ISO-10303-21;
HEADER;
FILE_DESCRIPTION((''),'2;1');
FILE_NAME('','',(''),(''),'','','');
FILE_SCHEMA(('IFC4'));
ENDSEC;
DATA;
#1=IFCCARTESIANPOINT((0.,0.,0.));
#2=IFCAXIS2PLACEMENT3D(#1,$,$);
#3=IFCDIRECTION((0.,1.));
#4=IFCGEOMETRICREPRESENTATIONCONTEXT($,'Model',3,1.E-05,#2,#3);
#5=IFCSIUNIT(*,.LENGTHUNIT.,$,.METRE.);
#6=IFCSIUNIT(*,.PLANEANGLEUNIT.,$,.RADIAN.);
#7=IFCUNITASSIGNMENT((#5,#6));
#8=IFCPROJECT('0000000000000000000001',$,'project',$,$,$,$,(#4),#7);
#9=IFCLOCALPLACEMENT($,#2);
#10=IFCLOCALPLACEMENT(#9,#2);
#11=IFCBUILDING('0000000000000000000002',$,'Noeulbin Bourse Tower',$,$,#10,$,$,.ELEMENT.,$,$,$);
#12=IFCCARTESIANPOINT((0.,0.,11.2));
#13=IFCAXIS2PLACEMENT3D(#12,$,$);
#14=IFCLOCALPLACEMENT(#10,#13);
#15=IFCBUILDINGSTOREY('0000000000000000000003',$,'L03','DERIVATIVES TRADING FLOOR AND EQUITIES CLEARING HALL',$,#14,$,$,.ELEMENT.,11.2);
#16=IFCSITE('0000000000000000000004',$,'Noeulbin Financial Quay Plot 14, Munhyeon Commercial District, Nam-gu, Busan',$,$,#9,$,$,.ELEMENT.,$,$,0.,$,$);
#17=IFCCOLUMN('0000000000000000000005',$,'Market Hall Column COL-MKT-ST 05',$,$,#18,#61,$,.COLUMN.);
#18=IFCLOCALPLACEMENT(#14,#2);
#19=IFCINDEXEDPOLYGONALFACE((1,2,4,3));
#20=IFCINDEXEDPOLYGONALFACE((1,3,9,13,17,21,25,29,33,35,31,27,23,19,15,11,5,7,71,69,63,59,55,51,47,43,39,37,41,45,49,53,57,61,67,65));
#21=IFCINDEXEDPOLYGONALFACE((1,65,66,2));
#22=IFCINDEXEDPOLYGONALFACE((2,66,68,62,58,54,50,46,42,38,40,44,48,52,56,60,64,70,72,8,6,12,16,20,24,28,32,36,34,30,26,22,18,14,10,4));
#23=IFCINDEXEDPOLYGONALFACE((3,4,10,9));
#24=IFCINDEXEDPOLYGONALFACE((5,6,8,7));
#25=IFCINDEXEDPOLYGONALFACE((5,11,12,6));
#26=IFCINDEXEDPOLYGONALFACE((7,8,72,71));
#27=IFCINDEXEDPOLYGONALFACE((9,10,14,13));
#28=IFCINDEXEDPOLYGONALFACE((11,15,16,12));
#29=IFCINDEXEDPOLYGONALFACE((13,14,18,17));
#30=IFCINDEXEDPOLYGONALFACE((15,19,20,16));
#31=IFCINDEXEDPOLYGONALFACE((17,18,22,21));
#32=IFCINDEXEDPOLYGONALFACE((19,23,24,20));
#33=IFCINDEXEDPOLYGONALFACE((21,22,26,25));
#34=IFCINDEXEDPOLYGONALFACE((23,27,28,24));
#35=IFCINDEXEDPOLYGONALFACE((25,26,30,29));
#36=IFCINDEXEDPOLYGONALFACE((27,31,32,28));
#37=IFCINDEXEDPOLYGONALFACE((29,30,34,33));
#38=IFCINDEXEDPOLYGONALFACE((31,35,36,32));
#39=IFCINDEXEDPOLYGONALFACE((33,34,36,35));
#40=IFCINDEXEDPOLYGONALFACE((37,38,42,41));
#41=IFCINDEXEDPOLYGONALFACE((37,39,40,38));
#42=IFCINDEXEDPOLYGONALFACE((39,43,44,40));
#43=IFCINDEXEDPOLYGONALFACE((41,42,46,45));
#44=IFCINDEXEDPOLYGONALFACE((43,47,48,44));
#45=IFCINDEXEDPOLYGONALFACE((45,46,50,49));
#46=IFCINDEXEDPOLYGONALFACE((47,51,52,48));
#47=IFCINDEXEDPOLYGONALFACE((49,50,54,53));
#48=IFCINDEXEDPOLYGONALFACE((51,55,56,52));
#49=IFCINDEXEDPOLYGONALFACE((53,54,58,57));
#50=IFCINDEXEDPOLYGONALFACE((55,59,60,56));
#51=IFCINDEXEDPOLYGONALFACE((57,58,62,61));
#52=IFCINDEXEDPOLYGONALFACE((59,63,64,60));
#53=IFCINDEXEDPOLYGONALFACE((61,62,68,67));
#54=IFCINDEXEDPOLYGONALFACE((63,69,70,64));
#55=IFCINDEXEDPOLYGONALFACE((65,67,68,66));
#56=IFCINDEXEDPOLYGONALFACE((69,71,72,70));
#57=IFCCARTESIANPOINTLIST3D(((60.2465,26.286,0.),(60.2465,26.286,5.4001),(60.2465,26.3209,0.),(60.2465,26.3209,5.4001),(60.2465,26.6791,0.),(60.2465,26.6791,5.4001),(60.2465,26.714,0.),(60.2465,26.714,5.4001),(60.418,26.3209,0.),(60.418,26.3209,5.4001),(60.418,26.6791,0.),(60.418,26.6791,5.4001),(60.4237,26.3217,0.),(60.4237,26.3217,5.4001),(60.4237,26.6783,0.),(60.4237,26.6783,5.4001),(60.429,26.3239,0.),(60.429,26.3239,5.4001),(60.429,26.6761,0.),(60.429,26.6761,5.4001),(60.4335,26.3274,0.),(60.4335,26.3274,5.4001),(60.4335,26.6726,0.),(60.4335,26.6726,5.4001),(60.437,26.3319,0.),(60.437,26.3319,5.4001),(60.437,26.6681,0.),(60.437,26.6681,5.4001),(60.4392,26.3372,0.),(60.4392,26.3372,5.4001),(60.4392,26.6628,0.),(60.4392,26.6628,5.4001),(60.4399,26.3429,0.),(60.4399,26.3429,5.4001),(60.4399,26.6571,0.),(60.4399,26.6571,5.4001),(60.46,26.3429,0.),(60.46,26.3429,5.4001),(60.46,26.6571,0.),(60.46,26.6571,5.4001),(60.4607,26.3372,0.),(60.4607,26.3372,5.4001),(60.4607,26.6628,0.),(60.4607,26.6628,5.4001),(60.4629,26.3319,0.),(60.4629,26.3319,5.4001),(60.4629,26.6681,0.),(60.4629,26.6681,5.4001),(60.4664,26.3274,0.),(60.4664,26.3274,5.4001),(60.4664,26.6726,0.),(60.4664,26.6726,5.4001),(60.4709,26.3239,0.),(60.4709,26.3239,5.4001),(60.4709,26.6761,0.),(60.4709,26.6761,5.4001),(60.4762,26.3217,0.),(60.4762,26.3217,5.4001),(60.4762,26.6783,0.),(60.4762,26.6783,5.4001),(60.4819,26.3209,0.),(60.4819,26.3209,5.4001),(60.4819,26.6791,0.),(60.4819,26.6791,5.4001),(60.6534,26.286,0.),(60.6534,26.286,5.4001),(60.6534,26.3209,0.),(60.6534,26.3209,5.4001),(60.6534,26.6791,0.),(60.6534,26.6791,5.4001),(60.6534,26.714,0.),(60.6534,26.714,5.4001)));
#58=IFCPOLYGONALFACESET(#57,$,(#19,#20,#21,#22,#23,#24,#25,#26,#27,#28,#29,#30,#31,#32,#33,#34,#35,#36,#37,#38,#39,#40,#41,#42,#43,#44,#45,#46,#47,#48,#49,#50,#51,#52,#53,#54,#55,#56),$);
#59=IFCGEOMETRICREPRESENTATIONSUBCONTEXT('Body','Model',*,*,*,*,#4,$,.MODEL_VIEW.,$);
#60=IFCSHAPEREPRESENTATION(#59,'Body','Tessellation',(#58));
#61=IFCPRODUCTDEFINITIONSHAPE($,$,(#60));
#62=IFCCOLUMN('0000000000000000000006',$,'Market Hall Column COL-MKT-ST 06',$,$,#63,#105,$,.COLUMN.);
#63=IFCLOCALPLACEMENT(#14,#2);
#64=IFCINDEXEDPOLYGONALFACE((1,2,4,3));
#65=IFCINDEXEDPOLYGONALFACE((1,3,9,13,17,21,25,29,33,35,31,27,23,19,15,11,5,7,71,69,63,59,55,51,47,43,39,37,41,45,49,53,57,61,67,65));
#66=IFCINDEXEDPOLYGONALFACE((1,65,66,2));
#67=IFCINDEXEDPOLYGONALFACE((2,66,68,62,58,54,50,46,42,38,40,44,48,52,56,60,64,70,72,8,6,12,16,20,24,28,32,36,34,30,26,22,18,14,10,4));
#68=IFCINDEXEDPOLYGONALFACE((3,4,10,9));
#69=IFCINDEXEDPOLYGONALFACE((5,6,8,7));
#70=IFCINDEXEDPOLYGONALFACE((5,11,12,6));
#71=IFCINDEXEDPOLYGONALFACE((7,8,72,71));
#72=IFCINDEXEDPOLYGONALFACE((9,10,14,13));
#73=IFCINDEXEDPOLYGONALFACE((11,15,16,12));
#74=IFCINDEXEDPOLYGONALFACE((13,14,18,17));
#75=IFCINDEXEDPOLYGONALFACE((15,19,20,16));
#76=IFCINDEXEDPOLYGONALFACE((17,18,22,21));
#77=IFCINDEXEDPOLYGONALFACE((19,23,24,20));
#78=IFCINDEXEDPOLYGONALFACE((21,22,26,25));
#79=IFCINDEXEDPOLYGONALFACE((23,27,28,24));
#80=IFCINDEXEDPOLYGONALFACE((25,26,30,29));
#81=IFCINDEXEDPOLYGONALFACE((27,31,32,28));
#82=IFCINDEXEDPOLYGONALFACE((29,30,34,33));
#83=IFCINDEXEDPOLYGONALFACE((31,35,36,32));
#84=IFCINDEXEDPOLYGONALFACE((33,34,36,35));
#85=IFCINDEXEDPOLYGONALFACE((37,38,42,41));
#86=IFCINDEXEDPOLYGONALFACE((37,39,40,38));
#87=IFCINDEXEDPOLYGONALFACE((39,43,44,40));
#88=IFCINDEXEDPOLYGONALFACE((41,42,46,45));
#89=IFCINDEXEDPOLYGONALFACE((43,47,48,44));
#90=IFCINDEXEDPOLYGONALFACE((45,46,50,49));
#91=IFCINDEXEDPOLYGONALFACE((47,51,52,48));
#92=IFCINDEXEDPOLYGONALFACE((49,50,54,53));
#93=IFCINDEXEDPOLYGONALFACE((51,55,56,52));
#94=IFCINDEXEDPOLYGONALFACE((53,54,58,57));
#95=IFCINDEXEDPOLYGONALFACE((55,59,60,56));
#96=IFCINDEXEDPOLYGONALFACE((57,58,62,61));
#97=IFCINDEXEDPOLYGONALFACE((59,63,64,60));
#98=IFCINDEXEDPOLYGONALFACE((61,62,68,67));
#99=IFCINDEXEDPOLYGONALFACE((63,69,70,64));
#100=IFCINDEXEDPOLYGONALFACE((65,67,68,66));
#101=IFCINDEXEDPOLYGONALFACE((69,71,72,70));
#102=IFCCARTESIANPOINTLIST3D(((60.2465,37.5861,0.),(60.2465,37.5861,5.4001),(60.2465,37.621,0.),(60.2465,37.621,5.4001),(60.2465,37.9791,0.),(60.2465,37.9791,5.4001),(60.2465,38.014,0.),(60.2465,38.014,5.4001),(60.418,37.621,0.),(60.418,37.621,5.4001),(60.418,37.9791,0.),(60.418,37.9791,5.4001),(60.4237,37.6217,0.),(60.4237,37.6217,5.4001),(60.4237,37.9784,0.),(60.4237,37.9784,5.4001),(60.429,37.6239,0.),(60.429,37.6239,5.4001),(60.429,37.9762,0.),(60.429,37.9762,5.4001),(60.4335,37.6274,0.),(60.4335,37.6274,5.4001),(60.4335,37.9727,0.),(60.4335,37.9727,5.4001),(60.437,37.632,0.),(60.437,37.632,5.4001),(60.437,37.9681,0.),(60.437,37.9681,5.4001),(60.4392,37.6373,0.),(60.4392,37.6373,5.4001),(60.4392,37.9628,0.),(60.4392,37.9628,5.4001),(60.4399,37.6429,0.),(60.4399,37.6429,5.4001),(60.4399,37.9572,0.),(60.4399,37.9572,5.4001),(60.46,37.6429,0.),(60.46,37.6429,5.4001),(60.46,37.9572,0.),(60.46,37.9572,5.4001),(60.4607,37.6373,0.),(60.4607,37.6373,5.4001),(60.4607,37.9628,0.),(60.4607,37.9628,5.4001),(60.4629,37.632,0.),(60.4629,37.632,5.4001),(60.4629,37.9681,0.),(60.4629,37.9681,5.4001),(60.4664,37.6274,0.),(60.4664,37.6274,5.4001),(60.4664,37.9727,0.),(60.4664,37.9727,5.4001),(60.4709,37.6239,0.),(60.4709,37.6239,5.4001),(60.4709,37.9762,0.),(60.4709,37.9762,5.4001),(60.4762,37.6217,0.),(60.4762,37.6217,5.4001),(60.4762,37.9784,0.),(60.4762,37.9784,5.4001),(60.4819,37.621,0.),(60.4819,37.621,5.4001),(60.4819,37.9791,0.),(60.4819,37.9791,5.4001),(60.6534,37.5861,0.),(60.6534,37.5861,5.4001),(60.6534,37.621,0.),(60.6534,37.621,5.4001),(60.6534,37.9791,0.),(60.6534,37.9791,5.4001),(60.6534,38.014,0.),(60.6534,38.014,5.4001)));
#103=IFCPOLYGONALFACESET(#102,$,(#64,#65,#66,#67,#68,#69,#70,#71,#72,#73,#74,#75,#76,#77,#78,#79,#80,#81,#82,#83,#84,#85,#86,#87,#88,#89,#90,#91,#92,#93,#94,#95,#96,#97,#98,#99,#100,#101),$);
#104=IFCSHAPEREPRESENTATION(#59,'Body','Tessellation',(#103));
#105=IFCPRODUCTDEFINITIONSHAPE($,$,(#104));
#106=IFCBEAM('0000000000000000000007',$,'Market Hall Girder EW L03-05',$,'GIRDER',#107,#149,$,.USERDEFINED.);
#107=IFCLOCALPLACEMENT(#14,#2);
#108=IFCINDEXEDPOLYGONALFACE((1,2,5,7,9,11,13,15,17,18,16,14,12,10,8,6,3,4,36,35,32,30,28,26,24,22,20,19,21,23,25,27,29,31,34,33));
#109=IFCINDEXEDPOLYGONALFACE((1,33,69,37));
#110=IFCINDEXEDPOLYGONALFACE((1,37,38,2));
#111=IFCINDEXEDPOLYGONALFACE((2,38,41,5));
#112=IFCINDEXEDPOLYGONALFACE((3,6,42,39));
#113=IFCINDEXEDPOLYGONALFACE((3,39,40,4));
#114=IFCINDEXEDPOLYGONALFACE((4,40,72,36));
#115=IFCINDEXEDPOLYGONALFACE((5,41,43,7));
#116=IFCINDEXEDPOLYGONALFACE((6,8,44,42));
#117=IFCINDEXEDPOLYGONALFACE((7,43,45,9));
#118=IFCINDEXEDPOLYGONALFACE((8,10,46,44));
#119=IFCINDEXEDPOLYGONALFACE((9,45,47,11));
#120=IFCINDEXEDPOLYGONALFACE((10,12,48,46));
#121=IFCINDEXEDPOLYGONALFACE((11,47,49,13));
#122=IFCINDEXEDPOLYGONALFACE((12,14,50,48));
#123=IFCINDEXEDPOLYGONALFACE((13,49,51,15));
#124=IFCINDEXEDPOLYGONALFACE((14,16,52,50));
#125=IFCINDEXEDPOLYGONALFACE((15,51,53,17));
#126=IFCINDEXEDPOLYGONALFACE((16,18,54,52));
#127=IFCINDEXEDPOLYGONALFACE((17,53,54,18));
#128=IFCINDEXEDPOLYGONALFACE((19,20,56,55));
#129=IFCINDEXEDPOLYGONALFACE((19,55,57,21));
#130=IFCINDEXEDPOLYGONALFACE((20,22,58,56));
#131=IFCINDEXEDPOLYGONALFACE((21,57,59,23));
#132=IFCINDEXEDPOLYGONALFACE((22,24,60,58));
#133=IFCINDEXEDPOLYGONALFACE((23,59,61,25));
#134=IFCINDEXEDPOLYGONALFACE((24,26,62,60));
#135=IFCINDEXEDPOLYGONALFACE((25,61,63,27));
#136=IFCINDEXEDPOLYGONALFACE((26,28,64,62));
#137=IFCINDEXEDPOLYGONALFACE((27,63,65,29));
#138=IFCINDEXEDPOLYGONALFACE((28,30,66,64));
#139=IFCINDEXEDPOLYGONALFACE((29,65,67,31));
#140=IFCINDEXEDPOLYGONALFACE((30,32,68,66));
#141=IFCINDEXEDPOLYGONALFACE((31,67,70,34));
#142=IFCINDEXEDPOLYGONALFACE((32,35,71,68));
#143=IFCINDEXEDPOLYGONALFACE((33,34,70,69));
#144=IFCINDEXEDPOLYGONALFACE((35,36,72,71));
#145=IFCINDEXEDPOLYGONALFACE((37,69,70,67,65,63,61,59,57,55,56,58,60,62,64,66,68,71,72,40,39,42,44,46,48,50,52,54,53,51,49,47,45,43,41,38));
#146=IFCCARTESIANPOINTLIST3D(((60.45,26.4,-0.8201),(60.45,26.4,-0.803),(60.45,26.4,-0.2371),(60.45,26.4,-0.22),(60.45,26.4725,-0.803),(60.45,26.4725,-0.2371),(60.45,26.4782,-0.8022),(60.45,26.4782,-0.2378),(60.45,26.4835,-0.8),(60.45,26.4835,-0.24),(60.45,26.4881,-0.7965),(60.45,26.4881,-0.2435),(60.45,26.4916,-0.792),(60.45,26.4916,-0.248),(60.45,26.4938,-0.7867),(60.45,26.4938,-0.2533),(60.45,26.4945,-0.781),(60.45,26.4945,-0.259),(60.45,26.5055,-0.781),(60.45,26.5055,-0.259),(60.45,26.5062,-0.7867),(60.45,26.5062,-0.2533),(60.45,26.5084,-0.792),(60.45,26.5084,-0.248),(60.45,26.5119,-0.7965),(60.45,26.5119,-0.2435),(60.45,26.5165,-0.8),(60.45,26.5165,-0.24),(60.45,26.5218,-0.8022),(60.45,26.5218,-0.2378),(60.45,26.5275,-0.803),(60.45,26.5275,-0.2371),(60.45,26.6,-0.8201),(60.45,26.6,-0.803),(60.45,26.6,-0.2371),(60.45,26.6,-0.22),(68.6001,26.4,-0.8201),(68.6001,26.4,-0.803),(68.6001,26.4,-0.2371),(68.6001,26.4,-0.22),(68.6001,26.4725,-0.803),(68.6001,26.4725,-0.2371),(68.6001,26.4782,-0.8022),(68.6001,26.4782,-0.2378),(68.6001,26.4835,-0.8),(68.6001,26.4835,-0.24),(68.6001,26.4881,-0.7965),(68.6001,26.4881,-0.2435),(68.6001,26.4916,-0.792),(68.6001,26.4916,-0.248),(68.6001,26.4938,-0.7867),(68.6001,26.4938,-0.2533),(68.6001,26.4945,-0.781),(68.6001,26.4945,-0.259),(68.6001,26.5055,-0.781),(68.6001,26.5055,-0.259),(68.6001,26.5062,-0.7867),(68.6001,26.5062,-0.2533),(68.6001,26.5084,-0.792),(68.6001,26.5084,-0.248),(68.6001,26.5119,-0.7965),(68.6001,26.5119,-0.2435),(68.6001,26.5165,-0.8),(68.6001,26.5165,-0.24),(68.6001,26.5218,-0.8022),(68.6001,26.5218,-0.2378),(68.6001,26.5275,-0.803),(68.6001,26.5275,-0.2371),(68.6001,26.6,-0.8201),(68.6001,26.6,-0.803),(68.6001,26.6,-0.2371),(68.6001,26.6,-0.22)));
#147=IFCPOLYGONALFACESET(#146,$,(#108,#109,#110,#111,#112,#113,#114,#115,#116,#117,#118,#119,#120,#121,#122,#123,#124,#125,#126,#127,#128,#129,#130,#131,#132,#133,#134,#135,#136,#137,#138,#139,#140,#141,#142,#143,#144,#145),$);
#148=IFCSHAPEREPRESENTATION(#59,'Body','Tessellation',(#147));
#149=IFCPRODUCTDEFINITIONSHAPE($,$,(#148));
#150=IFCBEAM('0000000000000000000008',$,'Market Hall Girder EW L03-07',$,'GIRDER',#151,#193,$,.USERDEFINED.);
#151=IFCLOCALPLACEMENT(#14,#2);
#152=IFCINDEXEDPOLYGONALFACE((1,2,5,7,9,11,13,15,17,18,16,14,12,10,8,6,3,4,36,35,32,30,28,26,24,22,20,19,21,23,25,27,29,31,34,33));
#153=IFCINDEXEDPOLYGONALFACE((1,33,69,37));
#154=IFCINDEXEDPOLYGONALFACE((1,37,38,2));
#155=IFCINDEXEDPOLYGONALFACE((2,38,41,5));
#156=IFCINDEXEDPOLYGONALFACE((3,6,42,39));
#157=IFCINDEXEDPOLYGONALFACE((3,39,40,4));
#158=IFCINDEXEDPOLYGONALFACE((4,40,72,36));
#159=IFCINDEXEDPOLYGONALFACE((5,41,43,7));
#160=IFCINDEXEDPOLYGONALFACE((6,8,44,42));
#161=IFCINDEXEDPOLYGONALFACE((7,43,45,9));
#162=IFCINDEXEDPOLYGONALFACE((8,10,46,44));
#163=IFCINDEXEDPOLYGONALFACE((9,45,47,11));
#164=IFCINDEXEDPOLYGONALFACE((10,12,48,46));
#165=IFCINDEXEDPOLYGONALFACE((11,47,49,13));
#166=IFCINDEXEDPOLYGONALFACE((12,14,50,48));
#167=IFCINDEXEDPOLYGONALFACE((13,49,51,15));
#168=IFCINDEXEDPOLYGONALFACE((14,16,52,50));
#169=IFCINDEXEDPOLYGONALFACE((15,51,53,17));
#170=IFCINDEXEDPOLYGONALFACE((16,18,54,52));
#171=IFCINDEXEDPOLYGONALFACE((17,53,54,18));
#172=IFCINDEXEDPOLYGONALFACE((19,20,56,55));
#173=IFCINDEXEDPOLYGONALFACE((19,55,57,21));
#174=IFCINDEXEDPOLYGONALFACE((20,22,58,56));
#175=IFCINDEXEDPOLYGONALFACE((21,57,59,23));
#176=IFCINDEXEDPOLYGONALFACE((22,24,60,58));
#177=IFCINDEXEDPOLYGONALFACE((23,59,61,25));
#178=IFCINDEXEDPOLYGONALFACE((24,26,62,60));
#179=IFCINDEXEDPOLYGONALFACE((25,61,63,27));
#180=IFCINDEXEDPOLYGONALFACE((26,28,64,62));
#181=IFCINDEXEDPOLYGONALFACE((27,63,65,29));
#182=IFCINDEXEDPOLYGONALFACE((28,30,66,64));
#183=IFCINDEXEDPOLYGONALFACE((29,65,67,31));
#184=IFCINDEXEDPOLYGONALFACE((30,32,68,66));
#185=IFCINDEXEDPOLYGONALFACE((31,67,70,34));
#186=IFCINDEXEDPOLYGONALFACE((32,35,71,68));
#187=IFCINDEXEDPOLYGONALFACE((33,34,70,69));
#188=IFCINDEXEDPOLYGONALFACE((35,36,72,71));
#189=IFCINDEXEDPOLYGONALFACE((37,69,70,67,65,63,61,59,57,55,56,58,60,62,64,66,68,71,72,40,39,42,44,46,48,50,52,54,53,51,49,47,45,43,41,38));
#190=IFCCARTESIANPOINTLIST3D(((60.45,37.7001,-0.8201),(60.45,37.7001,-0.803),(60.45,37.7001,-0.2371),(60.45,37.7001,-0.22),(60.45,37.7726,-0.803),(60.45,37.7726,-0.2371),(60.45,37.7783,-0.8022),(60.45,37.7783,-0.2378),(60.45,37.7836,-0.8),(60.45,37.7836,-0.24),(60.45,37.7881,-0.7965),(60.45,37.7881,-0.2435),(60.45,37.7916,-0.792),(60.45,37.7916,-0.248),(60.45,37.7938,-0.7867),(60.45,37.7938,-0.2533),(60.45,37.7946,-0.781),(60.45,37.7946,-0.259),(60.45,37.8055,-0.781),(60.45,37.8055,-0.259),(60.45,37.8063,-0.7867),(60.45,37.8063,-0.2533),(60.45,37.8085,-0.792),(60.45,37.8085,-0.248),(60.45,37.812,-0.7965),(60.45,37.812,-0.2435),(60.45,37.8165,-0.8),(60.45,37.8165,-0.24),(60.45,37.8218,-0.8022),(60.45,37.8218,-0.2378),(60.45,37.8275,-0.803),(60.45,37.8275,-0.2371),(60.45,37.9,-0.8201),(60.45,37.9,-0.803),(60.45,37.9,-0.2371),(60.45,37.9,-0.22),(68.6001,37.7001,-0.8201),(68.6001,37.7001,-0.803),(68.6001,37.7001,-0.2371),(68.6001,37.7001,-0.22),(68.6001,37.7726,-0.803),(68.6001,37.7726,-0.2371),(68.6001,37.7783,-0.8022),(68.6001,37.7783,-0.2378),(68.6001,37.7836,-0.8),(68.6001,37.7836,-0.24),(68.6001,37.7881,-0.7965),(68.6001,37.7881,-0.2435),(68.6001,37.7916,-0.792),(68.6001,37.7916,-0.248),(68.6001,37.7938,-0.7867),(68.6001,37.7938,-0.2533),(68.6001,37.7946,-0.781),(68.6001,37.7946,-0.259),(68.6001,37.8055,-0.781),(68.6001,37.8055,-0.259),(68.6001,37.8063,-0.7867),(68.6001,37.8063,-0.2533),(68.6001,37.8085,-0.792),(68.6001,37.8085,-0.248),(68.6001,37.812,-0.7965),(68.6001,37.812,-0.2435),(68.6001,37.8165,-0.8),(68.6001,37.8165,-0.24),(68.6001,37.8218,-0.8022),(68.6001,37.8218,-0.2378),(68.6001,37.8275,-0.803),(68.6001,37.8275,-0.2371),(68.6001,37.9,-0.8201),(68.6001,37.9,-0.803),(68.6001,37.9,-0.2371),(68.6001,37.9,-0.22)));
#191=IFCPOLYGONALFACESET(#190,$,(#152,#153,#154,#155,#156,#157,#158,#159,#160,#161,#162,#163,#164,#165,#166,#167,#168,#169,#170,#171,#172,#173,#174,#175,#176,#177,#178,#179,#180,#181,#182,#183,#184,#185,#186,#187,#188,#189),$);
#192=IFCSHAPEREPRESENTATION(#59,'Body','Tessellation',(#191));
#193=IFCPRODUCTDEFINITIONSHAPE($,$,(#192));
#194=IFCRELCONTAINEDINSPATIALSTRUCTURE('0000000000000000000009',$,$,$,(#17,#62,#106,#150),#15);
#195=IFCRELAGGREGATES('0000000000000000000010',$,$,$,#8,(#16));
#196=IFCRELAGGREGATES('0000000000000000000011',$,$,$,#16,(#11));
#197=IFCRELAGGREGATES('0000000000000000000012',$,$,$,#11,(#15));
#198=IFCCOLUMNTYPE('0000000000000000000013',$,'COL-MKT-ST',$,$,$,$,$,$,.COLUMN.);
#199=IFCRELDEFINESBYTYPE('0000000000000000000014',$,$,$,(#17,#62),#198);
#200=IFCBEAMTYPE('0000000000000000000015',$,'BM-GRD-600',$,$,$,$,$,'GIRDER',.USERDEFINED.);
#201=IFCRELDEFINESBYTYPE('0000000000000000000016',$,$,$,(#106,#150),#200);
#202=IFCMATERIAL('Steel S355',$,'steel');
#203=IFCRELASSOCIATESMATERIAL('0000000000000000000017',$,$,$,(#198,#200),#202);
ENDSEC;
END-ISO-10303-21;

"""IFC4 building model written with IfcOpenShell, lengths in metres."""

from ifc_helpers import new_model, si_unit, direction, frame, origin, origin_2d, place, context, subcontext, project, spatial, i_section, extrude, material, material_profile, profile_set, type_object, element, save


model = new_model("IFC4")

# Units and contexts
model_context = context("Model", 3, precision=1e-05, world=origin(), true_north=direction((0.0, 1.0)))
body_context = subcontext(model_context, "Body", "Model", "MODEL_VIEW")
ifc_project = project(units=[si_unit("LENGTHUNIT", "METRE"), si_unit("PLANEANGLEUNIT", "RADIAN")], contexts=[model_context])

# Site, building, storey
site_placement = place(None, origin())
site = spatial("IfcSite", under=ifc_project, at=site_placement, Name="Noeulbin Financial Quay Plot 14, Munhyeon Commercial District, Nam-gu, Busan", CompositionType="ELEMENT", RefElevation=0.0)
building_placement = place(site_placement, origin())
building = spatial("IfcBuilding", under=site, at=building_placement, Name="Noeulbin Bourse Tower", CompositionType="ELEMENT")
storey_placement = place(building_placement, frame((0.0, 0.0, 11.2)))
storey = spatial("IfcBuildingStorey", under=building, at=storey_placement, Name="L03", Description="DERIVATIVES TRADING FLOOR AND EQUITIES CLEARING HALL", CompositionType="ELEMENT", Elevation=11.2)

# Columns
ifc_material_1 = material(Name="Steel S355", Category="steel")
ifc_material_profile_1 = material_profile(ifc_material_1, i_section(OverallWidth=0.407, OverallDepth=0.428, WebThickness=0.02, FlangeThickness=0.0349, FilletRadius=0.022, at=origin_2d()), Name="H-428x407x20x35", Category="LoadBearing")
ifc_profile_set_1 = profile_set([ifc_material_profile_1], Name="Steel S355")
column_type = type_object("IfcColumnType", Name="COL-MKT-ST", PredefinedType="COLUMN", material=ifc_profile_set_1)
for number, where, z_axis, x_axis, name in (
    (1, (60.45, 26.5, 0.0), (0.0, 0.0, 1.0), (1.0, 0.0, 0.0), "Market Hall Column COL-MKT-ST 05"),
    (2, (60.45, 37.8, 0.0), (0.0, 0.0, 1.0), (1.0, 0.0, 0.0), "Market Hall Column COL-MKT-ST 06"),
):
    element("IfcColumn", number, at=place(storey_placement, frame(where, z_axis=z_axis, x_axis=x_axis)), inside=storey, type_object=column_type, Name=name, PredefinedType="COLUMN", context=body_context, shape_type="SweptSolid", body=[
        extrude(i_section(OverallWidth=0.407, OverallDepth=0.428, WebThickness=0.02, FlangeThickness=0.0349, FilletRadius=0.022, at=origin_2d()), origin(), (0.0, 0.0, 1.0), 5.4001),
    ])

# Beams
ifc_material_profile_2 = material_profile(ifc_material_1, i_section(OverallWidth=0.2, OverallDepth=0.6001, WebThickness=0.011, FlangeThickness=0.0171, FilletRadius=0.022, at=origin_2d()), Name="H-600x200x11x17", Category="LoadBearing")
ifc_profile_set_2 = profile_set([ifc_material_profile_2], Name="Steel S355")
beam_type = type_object("IfcBeamType", Name="BM-GRD-600", ElementType="GIRDER", PredefinedType="USERDEFINED", material=ifc_profile_set_2)
for number, where, z_axis, x_axis, name in (
    (3, (60.45, 26.5, -0.52), (1.0, 0.0, 0.0), (0.0, 1.0, 0.0), "Market Hall Girder EW L03-05"),
    (4, (60.45, 37.8, -0.52), (1.0, 0.0, 0.0), (0.0, 1.0, 0.0), "Market Hall Girder EW L03-07"),
):
    element("IfcBeam", number, at=place(storey_placement, frame(where, z_axis=z_axis, x_axis=x_axis)), inside=storey, type_object=beam_type, Name=name, ObjectType="GIRDER", PredefinedType="USERDEFINED", context=body_context, shape_type="SweptSolid", body=[
        extrude(i_section(OverallWidth=0.2, OverallDepth=0.6001, WebThickness=0.011, FlangeThickness=0.0171, FilletRadius=0.022, at=origin_2d()), origin(), (0.0, 0.0, 1.0), 8.1501),
    ])

save(model, "model.ifc")
